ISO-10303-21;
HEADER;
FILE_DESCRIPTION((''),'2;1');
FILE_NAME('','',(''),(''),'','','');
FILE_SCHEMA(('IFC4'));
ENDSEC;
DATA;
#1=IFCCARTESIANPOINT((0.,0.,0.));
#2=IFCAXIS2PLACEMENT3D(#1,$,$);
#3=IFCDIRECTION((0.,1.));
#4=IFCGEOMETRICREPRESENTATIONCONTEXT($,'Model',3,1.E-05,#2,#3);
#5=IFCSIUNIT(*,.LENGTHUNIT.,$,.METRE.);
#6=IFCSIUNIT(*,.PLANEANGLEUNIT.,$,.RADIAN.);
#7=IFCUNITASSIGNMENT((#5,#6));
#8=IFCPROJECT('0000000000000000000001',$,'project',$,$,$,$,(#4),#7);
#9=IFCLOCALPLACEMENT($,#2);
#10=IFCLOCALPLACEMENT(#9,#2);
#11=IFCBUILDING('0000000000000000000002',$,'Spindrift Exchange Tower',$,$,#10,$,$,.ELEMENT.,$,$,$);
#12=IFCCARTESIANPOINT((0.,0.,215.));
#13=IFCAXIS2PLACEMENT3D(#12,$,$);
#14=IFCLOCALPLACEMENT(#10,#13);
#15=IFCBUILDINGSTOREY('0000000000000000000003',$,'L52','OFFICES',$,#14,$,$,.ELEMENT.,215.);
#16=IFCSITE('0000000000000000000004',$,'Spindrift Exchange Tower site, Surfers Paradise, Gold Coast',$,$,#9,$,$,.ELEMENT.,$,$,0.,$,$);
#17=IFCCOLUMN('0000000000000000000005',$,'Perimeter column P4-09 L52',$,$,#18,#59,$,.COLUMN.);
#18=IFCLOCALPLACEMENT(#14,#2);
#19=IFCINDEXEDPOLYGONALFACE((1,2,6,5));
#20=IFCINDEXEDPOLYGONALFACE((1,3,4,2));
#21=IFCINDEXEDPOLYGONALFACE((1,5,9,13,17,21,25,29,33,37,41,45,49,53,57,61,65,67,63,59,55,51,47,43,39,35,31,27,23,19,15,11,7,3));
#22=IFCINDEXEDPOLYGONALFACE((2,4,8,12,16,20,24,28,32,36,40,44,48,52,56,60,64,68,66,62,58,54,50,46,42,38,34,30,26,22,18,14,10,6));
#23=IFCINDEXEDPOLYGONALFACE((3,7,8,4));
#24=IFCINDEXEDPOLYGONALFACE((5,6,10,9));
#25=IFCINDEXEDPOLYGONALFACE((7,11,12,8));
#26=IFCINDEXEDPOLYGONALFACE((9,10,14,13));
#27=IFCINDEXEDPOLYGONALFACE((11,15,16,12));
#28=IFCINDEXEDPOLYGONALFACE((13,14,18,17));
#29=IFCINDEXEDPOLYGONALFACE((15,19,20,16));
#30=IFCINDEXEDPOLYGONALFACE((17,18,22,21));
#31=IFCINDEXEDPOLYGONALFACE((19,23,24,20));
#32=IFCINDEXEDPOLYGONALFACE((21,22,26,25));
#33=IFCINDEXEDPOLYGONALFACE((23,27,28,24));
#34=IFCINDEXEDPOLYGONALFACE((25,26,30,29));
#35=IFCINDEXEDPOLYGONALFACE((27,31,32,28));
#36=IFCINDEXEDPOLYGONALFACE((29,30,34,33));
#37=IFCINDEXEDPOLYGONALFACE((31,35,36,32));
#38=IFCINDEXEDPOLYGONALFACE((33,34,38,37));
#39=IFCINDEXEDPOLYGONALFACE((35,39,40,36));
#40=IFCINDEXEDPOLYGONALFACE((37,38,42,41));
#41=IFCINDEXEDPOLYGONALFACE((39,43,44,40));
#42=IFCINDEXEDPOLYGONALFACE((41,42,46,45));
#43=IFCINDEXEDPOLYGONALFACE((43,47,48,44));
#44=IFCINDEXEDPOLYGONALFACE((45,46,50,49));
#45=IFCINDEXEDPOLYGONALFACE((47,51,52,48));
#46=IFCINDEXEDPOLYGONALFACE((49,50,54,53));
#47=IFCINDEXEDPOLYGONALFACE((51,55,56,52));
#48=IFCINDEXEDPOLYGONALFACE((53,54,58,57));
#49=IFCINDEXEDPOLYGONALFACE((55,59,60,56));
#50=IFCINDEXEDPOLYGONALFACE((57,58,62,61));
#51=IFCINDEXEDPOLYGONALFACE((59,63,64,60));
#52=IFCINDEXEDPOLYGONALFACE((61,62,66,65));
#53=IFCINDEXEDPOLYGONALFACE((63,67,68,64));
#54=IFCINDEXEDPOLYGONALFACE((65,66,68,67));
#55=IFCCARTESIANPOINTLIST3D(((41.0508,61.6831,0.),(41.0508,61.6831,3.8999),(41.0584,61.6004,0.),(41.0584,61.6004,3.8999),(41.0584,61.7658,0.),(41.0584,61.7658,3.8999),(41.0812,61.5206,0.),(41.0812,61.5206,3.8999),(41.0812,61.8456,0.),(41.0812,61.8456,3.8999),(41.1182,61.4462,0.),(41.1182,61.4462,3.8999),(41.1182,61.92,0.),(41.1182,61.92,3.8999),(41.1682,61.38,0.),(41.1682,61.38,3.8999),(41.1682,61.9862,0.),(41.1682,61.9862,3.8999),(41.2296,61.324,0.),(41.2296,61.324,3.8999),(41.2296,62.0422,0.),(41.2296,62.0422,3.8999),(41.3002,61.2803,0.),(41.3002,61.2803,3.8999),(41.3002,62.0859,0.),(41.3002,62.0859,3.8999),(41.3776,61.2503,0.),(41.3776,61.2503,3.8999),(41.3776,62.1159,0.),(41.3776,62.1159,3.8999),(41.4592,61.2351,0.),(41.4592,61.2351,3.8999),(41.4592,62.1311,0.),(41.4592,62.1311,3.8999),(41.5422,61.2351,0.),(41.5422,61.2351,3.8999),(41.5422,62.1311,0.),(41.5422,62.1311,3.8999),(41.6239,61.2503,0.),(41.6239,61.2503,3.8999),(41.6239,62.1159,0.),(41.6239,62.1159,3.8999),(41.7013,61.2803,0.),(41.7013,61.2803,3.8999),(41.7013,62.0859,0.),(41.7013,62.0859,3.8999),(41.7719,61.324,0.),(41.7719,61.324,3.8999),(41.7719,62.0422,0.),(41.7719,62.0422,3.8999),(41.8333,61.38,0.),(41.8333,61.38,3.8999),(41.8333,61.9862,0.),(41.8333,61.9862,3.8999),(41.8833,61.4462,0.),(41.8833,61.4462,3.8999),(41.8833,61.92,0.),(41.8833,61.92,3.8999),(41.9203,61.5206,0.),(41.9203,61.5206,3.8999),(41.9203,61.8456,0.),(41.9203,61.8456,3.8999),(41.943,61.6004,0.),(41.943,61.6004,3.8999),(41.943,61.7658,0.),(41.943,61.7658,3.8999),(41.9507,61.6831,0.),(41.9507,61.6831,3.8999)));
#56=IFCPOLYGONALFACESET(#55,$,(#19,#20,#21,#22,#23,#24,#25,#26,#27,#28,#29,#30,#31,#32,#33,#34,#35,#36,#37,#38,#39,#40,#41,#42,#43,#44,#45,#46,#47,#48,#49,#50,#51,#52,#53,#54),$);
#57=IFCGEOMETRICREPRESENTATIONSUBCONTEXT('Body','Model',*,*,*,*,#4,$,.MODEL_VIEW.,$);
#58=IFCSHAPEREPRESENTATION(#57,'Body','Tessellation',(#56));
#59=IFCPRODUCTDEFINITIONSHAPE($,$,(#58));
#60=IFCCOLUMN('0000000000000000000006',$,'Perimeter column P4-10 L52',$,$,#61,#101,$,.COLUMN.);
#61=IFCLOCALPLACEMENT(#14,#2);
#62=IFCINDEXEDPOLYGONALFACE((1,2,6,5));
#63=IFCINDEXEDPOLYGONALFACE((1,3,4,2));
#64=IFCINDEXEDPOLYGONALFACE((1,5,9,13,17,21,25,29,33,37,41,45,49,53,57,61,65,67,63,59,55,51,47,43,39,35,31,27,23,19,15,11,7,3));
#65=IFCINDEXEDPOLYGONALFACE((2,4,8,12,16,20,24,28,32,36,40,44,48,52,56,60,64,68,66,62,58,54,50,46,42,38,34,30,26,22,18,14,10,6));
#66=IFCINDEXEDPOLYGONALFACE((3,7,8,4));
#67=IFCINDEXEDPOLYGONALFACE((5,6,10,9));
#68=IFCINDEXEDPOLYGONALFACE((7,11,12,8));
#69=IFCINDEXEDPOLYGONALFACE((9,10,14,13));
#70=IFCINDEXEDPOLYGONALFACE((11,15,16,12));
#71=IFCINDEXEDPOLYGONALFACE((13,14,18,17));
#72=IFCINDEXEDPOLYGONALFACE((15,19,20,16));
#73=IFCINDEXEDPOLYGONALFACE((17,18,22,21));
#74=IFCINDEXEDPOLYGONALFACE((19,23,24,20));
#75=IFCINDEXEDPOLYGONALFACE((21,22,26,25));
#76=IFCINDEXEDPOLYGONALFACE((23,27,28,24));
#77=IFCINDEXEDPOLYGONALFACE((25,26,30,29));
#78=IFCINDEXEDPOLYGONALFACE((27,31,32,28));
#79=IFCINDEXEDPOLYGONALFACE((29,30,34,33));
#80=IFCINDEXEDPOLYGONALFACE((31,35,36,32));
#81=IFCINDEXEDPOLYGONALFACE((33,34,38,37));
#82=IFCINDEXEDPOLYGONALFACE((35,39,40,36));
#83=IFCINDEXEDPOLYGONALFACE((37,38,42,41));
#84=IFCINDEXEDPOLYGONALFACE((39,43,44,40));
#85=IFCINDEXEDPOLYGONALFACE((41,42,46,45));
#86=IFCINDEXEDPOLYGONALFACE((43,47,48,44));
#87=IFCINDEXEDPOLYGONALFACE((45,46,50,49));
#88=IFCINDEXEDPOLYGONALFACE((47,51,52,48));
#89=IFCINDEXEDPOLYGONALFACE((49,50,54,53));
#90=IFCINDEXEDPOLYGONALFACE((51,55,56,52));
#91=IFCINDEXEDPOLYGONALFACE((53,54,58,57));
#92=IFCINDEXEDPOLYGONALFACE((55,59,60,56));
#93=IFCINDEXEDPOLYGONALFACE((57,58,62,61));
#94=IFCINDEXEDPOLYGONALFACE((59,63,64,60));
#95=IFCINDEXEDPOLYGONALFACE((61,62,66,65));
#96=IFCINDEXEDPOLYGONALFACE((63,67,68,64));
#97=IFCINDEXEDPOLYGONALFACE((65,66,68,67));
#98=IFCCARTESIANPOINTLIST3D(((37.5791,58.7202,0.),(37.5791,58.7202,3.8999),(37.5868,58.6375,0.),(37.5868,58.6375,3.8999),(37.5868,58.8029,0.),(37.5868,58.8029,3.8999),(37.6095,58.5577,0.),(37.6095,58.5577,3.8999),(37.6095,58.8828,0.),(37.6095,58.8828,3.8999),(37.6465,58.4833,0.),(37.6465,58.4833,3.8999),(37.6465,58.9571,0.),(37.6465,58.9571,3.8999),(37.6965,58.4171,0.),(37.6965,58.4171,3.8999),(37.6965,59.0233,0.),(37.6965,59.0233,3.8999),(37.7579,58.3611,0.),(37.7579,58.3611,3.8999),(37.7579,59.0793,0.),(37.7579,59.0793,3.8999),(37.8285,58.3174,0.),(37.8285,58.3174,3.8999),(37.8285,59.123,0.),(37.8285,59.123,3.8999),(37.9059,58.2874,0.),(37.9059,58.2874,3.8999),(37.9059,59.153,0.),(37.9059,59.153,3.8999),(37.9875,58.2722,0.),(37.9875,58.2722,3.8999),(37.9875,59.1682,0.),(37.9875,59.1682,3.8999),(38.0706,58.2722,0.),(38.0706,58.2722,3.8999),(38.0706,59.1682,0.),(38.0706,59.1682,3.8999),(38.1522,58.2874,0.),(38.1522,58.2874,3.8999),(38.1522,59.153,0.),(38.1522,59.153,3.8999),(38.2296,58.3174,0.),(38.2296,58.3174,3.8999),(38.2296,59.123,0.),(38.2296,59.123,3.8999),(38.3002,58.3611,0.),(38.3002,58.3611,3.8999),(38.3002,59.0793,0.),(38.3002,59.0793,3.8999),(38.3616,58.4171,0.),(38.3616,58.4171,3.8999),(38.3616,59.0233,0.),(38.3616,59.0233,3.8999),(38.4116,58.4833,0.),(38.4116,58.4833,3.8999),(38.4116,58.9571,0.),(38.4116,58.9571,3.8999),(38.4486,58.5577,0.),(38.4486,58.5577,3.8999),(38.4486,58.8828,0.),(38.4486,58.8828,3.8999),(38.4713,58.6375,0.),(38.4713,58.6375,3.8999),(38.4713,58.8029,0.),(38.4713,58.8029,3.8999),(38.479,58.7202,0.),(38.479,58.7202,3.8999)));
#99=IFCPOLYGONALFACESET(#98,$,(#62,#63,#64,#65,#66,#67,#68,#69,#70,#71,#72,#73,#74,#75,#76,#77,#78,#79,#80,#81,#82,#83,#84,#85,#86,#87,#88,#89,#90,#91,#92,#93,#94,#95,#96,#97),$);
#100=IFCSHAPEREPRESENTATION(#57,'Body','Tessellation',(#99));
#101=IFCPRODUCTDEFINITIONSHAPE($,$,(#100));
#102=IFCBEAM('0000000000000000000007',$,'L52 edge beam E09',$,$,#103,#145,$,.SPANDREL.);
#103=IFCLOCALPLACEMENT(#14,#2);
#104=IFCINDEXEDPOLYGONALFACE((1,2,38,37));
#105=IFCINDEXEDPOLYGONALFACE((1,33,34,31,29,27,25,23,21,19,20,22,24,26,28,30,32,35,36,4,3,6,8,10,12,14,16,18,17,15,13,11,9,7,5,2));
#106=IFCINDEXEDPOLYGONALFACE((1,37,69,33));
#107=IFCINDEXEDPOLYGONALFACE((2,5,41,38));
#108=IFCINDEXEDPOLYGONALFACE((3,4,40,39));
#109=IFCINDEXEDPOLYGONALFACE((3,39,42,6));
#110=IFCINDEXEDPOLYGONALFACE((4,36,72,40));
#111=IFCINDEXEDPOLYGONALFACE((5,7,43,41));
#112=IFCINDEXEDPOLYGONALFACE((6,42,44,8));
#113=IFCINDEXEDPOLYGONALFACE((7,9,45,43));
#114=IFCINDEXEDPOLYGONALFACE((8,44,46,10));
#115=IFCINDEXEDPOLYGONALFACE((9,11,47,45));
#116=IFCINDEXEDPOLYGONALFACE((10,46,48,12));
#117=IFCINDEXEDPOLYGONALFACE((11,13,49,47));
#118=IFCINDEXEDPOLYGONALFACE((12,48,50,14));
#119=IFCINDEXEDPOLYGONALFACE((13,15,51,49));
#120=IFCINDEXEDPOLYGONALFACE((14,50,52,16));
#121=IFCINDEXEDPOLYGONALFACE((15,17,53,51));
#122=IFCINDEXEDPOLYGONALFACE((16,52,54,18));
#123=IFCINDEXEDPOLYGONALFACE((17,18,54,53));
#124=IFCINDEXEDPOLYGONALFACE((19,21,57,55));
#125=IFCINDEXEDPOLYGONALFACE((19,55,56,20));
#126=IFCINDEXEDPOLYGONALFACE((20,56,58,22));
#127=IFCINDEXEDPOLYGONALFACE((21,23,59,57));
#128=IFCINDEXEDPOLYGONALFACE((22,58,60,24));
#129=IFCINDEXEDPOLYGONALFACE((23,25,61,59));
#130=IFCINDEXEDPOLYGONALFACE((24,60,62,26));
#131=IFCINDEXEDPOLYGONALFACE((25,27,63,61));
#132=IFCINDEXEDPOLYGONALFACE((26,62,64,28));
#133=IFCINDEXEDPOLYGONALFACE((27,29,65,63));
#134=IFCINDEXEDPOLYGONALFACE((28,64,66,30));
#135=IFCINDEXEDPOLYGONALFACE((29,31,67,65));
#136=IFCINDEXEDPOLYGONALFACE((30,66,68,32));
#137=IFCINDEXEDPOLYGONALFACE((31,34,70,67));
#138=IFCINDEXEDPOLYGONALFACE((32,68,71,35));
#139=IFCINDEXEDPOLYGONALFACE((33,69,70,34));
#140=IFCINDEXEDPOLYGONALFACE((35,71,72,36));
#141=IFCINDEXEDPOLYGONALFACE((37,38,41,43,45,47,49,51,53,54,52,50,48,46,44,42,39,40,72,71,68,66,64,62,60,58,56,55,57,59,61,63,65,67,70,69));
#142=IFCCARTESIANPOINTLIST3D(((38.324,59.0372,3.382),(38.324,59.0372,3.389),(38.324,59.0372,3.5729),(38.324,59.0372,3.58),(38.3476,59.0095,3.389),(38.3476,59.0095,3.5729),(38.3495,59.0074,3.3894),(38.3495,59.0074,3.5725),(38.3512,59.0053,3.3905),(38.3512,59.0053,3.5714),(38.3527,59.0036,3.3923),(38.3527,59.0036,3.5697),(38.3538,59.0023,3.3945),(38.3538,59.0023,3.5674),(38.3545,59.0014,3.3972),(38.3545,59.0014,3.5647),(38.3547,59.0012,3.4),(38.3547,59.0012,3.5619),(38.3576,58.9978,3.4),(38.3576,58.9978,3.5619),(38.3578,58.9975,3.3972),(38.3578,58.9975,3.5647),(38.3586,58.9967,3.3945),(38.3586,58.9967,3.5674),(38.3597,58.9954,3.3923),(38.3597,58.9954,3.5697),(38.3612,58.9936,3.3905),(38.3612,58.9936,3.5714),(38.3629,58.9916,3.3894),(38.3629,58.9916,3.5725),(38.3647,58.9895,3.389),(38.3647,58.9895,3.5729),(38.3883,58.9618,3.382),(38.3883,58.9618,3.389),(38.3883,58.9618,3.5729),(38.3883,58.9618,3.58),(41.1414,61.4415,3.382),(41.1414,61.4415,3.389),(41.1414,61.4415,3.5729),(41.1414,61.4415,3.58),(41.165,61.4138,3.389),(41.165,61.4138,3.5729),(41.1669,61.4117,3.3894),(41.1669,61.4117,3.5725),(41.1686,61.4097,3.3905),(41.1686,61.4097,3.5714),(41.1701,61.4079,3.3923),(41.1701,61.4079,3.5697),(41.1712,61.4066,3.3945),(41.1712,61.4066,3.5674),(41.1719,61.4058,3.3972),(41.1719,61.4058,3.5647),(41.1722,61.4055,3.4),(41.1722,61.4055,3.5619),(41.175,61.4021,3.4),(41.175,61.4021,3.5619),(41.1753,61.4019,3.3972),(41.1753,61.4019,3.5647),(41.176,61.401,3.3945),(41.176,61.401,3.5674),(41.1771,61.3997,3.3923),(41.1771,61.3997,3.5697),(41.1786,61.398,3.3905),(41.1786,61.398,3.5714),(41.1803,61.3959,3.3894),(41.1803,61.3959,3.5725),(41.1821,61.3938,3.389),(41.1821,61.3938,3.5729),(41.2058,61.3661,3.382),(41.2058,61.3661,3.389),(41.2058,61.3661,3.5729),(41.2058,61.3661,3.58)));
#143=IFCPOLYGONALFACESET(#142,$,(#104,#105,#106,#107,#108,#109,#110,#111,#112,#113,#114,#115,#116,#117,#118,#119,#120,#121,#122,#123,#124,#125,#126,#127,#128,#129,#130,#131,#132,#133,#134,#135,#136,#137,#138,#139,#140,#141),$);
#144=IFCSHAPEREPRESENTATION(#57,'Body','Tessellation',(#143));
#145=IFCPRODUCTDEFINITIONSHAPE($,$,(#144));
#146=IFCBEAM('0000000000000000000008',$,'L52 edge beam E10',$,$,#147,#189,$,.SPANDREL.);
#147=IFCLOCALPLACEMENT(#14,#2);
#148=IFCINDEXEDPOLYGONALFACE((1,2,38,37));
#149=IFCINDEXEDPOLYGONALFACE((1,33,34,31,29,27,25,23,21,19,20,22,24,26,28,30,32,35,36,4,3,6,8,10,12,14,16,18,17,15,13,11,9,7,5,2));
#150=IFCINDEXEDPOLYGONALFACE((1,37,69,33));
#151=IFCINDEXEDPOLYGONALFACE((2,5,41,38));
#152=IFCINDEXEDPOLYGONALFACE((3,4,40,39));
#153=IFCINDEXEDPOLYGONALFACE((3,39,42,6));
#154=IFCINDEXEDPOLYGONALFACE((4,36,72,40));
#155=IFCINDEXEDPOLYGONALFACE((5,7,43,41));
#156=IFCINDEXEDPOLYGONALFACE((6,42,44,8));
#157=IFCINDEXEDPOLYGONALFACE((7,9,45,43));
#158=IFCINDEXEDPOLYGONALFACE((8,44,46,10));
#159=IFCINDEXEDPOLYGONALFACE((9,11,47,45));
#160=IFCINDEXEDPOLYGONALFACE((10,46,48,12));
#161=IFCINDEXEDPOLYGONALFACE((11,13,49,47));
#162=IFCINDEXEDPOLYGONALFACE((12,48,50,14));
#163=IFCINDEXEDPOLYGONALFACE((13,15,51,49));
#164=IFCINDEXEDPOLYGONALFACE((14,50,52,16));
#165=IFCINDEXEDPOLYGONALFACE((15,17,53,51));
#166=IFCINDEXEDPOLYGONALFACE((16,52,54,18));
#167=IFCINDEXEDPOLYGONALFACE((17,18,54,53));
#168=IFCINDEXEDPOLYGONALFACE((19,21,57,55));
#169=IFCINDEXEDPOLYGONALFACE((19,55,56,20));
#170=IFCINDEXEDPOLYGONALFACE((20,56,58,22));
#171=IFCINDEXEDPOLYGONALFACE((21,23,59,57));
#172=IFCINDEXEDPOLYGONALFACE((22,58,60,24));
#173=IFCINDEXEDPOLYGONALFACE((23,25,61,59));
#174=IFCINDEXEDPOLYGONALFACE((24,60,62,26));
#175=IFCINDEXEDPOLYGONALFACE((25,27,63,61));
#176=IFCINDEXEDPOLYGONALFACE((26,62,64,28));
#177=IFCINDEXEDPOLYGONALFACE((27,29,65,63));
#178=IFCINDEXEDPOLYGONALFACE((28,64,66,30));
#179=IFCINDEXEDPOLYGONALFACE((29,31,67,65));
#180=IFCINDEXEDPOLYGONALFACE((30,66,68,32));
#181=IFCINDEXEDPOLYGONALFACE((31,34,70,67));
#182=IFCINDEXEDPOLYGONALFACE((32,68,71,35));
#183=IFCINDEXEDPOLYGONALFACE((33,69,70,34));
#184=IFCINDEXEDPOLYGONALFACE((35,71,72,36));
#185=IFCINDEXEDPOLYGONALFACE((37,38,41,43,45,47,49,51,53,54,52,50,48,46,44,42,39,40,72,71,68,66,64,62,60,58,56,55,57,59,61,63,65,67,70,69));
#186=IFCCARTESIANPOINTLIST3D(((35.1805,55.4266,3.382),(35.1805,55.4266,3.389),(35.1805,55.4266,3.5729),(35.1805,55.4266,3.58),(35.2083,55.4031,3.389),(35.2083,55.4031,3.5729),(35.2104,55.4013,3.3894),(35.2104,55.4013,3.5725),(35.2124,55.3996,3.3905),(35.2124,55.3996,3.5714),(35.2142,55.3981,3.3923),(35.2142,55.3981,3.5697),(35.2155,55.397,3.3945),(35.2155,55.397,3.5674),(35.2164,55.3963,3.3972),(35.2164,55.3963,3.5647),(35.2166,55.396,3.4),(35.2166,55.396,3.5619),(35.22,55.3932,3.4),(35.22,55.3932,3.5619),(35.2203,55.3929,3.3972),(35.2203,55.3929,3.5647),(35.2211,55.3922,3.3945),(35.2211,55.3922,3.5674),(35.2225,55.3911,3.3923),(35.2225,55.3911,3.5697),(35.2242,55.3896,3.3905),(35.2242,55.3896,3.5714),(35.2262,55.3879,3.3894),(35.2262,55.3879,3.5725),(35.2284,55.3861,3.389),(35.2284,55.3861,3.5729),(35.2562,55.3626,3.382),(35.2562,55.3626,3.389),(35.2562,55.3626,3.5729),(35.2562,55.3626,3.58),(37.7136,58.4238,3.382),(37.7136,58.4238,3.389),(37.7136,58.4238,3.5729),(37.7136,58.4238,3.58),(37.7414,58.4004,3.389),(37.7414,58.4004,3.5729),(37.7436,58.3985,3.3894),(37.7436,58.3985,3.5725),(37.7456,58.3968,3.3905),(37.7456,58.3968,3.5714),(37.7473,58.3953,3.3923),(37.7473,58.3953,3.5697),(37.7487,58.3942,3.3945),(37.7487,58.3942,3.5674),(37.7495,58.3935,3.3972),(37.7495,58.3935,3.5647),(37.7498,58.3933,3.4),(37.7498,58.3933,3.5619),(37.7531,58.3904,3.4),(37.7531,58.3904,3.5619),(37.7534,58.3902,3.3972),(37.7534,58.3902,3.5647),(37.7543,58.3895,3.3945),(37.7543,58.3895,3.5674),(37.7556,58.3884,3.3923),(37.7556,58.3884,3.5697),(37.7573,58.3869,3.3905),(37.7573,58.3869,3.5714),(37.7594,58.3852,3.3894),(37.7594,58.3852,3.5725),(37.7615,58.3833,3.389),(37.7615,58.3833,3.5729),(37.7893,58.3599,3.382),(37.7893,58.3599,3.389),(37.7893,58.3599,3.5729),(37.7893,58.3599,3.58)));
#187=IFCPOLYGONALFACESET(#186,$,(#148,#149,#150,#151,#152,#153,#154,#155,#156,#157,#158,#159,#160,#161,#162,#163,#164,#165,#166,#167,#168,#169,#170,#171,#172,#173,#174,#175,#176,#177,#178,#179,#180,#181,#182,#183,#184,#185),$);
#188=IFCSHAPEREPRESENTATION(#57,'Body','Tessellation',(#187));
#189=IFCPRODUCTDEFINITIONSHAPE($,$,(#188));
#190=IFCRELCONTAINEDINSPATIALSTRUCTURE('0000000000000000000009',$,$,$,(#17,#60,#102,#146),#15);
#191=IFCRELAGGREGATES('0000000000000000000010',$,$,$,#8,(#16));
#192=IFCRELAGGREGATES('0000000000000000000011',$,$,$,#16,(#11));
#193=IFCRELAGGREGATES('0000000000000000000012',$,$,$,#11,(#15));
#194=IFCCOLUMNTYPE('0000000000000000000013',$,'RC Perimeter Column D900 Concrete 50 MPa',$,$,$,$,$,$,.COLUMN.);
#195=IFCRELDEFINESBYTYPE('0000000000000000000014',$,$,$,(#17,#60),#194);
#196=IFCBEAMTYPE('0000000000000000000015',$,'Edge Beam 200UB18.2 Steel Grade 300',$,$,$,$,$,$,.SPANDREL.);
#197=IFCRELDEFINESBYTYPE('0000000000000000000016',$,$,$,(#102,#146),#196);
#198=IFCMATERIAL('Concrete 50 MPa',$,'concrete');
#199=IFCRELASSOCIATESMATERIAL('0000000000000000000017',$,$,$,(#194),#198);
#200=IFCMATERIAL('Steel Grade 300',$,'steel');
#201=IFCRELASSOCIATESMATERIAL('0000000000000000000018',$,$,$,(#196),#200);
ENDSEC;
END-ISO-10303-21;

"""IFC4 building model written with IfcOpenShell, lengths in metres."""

from ifc_helpers import new_model, si_unit, direction, frame, origin, origin_2d, place, context, subcontext, project, spatial, circle, i_section, extrude, source, transform, mapped, material, material_profile, profile_set, type_object, element, save


model = new_model("IFC4")

# Units and contexts
model_context = context("Model", 3, precision=1e-05, world=origin(), true_north=direction((0.0, 1.0)))
body_context = subcontext(model_context, "Body", "Model", "MODEL_VIEW")
ifc_project = project(units=[si_unit("LENGTHUNIT", "METRE"), si_unit("PLANEANGLEUNIT", "RADIAN")], contexts=[model_context])

# Site, building, storey
site_placement = place(None, origin())
site = spatial("IfcSite", under=ifc_project, at=site_placement, Name="Spindrift Exchange Tower site, Surfers Paradise, Gold Coast", CompositionType="ELEMENT", RefElevation=0.0)
building_placement = place(site_placement, origin())
building = spatial("IfcBuilding", under=site, at=building_placement, Name="Spindrift Exchange Tower", CompositionType="ELEMENT")
storey_placement = place(building_placement, frame((0.0, 0.0, 215.0)))
storey = spatial("IfcBuildingStorey", under=building, at=storey_placement, Name="L52", Description="OFFICES", CompositionType="ELEMENT", Elevation=215.0)

# Columns
ifc_material_1 = material(Name="Concrete 50 MPa", Category="concrete")
ifc_material_profile_1 = material_profile(ifc_material_1, circle(Radius=0.45, at=origin_2d()), Name="RC D900")
ifc_profile_set_1 = profile_set([ifc_material_profile_1], Name="Concrete 50 MPa")
column_type = type_object("IfcColumnType", Name="RC Perimeter Column D900 Concrete 50 MPa", PredefinedType="COLUMN", material=ifc_profile_set_1)
shared_shape_1 = source(origin(), body_context, "Body", "SweptSolid", [
    extrude(circle(Radius=0.45, at=origin_2d()), origin(), (0.0, 0.0, 1.0), 3.8999),
])
for number, where, z_axis, x_axis, name in (
    (1, (41.5007, 61.6831, 0.0), (0.0, 0.0, 1.0), (1.0, 0.0, 0.0), "Perimeter column P4-09 L52"),
    (2, (38.0291, 58.7202, 0.0), (0.0, 0.0, 1.0), (1.0, 0.0, 0.0), "Perimeter column P4-10 L52"),
):
    element("IfcColumn", number, at=place(storey_placement, frame(where, z_axis=z_axis, x_axis=x_axis)), inside=storey, type_object=column_type, Name=name, PredefinedType="COLUMN", context=body_context, shape_type="MappedRepresentation", body=[
        mapped(shared_shape_1, transform((0.0, 0.0, 0.0), scale=1.0)),
    ])

# Beams
ifc_material_2 = material(Name="Steel Grade 300", Category="steel")
ifc_material_profile_2 = material_profile(ifc_material_2, i_section(OverallWidth=0.0991, OverallDepth=0.198, WebThickness=0.0044, FlangeThickness=0.0071, FilletRadius=0.011, at=origin_2d()), Name="200UB18.2")
ifc_profile_set_2 = profile_set([ifc_material_profile_2], Name="Steel Grade 300")
beam_type_1 = type_object("IfcBeamType", Name="Edge Beam 200UB18.2 Steel Grade 300", PredefinedType="SPANDREL", material=ifc_profile_set_2)
shared_shape_2 = source(origin(), body_context, "Body", "SweptSolid", [
    extrude(i_section(OverallWidth=0.0991, OverallDepth=0.198, WebThickness=0.0044, FlangeThickness=0.0071, FilletRadius=0.011, at=origin_2d()), origin(), (0.0, 0.0, 1.0), 3.7039),
])
beam_1_placement = place(storey_placement, frame((41.1736, 61.4038, 3.481), z_axis=(-0.760669, -0.64914, 0.0), x_axis=(0.64914, -0.760669, 0.0)))
element("IfcBeam", 3, at=beam_1_placement, inside=storey, type_object=beam_type_1, Name="L52 edge beam E09", PredefinedType="SPANDREL", context=body_context, shape_type="MappedRepresentation", body=[
    mapped(shared_shape_2, transform((0.0, 0.0, 0.0), scale=1.0)),
])
shared_shape_3 = source(origin(), body_context, "Body", "SweptSolid", [
    extrude(i_section(OverallWidth=0.0991, OverallDepth=0.198, WebThickness=0.0044, FlangeThickness=0.0071, FilletRadius=0.011, at=origin_2d()), origin(), (0.0, 0.0, 1.0), 3.9243),
])
beam_2_placement = place(storey_placement, frame((37.7515, 58.3918, 3.481), z_axis=(-0.645499, -0.763761, 0.0), x_axis=(0.763761, -0.645499, 0.0)))
element("IfcBeam", 4, at=beam_2_placement, inside=storey, type_object=beam_type_1, Name="L52 edge beam E10", PredefinedType="SPANDREL", context=body_context, shape_type="MappedRepresentation", body=[
    mapped(shared_shape_3, transform((0.0, 0.0, 0.0), scale=1.0)),
])

save(model, "model.ifc")
